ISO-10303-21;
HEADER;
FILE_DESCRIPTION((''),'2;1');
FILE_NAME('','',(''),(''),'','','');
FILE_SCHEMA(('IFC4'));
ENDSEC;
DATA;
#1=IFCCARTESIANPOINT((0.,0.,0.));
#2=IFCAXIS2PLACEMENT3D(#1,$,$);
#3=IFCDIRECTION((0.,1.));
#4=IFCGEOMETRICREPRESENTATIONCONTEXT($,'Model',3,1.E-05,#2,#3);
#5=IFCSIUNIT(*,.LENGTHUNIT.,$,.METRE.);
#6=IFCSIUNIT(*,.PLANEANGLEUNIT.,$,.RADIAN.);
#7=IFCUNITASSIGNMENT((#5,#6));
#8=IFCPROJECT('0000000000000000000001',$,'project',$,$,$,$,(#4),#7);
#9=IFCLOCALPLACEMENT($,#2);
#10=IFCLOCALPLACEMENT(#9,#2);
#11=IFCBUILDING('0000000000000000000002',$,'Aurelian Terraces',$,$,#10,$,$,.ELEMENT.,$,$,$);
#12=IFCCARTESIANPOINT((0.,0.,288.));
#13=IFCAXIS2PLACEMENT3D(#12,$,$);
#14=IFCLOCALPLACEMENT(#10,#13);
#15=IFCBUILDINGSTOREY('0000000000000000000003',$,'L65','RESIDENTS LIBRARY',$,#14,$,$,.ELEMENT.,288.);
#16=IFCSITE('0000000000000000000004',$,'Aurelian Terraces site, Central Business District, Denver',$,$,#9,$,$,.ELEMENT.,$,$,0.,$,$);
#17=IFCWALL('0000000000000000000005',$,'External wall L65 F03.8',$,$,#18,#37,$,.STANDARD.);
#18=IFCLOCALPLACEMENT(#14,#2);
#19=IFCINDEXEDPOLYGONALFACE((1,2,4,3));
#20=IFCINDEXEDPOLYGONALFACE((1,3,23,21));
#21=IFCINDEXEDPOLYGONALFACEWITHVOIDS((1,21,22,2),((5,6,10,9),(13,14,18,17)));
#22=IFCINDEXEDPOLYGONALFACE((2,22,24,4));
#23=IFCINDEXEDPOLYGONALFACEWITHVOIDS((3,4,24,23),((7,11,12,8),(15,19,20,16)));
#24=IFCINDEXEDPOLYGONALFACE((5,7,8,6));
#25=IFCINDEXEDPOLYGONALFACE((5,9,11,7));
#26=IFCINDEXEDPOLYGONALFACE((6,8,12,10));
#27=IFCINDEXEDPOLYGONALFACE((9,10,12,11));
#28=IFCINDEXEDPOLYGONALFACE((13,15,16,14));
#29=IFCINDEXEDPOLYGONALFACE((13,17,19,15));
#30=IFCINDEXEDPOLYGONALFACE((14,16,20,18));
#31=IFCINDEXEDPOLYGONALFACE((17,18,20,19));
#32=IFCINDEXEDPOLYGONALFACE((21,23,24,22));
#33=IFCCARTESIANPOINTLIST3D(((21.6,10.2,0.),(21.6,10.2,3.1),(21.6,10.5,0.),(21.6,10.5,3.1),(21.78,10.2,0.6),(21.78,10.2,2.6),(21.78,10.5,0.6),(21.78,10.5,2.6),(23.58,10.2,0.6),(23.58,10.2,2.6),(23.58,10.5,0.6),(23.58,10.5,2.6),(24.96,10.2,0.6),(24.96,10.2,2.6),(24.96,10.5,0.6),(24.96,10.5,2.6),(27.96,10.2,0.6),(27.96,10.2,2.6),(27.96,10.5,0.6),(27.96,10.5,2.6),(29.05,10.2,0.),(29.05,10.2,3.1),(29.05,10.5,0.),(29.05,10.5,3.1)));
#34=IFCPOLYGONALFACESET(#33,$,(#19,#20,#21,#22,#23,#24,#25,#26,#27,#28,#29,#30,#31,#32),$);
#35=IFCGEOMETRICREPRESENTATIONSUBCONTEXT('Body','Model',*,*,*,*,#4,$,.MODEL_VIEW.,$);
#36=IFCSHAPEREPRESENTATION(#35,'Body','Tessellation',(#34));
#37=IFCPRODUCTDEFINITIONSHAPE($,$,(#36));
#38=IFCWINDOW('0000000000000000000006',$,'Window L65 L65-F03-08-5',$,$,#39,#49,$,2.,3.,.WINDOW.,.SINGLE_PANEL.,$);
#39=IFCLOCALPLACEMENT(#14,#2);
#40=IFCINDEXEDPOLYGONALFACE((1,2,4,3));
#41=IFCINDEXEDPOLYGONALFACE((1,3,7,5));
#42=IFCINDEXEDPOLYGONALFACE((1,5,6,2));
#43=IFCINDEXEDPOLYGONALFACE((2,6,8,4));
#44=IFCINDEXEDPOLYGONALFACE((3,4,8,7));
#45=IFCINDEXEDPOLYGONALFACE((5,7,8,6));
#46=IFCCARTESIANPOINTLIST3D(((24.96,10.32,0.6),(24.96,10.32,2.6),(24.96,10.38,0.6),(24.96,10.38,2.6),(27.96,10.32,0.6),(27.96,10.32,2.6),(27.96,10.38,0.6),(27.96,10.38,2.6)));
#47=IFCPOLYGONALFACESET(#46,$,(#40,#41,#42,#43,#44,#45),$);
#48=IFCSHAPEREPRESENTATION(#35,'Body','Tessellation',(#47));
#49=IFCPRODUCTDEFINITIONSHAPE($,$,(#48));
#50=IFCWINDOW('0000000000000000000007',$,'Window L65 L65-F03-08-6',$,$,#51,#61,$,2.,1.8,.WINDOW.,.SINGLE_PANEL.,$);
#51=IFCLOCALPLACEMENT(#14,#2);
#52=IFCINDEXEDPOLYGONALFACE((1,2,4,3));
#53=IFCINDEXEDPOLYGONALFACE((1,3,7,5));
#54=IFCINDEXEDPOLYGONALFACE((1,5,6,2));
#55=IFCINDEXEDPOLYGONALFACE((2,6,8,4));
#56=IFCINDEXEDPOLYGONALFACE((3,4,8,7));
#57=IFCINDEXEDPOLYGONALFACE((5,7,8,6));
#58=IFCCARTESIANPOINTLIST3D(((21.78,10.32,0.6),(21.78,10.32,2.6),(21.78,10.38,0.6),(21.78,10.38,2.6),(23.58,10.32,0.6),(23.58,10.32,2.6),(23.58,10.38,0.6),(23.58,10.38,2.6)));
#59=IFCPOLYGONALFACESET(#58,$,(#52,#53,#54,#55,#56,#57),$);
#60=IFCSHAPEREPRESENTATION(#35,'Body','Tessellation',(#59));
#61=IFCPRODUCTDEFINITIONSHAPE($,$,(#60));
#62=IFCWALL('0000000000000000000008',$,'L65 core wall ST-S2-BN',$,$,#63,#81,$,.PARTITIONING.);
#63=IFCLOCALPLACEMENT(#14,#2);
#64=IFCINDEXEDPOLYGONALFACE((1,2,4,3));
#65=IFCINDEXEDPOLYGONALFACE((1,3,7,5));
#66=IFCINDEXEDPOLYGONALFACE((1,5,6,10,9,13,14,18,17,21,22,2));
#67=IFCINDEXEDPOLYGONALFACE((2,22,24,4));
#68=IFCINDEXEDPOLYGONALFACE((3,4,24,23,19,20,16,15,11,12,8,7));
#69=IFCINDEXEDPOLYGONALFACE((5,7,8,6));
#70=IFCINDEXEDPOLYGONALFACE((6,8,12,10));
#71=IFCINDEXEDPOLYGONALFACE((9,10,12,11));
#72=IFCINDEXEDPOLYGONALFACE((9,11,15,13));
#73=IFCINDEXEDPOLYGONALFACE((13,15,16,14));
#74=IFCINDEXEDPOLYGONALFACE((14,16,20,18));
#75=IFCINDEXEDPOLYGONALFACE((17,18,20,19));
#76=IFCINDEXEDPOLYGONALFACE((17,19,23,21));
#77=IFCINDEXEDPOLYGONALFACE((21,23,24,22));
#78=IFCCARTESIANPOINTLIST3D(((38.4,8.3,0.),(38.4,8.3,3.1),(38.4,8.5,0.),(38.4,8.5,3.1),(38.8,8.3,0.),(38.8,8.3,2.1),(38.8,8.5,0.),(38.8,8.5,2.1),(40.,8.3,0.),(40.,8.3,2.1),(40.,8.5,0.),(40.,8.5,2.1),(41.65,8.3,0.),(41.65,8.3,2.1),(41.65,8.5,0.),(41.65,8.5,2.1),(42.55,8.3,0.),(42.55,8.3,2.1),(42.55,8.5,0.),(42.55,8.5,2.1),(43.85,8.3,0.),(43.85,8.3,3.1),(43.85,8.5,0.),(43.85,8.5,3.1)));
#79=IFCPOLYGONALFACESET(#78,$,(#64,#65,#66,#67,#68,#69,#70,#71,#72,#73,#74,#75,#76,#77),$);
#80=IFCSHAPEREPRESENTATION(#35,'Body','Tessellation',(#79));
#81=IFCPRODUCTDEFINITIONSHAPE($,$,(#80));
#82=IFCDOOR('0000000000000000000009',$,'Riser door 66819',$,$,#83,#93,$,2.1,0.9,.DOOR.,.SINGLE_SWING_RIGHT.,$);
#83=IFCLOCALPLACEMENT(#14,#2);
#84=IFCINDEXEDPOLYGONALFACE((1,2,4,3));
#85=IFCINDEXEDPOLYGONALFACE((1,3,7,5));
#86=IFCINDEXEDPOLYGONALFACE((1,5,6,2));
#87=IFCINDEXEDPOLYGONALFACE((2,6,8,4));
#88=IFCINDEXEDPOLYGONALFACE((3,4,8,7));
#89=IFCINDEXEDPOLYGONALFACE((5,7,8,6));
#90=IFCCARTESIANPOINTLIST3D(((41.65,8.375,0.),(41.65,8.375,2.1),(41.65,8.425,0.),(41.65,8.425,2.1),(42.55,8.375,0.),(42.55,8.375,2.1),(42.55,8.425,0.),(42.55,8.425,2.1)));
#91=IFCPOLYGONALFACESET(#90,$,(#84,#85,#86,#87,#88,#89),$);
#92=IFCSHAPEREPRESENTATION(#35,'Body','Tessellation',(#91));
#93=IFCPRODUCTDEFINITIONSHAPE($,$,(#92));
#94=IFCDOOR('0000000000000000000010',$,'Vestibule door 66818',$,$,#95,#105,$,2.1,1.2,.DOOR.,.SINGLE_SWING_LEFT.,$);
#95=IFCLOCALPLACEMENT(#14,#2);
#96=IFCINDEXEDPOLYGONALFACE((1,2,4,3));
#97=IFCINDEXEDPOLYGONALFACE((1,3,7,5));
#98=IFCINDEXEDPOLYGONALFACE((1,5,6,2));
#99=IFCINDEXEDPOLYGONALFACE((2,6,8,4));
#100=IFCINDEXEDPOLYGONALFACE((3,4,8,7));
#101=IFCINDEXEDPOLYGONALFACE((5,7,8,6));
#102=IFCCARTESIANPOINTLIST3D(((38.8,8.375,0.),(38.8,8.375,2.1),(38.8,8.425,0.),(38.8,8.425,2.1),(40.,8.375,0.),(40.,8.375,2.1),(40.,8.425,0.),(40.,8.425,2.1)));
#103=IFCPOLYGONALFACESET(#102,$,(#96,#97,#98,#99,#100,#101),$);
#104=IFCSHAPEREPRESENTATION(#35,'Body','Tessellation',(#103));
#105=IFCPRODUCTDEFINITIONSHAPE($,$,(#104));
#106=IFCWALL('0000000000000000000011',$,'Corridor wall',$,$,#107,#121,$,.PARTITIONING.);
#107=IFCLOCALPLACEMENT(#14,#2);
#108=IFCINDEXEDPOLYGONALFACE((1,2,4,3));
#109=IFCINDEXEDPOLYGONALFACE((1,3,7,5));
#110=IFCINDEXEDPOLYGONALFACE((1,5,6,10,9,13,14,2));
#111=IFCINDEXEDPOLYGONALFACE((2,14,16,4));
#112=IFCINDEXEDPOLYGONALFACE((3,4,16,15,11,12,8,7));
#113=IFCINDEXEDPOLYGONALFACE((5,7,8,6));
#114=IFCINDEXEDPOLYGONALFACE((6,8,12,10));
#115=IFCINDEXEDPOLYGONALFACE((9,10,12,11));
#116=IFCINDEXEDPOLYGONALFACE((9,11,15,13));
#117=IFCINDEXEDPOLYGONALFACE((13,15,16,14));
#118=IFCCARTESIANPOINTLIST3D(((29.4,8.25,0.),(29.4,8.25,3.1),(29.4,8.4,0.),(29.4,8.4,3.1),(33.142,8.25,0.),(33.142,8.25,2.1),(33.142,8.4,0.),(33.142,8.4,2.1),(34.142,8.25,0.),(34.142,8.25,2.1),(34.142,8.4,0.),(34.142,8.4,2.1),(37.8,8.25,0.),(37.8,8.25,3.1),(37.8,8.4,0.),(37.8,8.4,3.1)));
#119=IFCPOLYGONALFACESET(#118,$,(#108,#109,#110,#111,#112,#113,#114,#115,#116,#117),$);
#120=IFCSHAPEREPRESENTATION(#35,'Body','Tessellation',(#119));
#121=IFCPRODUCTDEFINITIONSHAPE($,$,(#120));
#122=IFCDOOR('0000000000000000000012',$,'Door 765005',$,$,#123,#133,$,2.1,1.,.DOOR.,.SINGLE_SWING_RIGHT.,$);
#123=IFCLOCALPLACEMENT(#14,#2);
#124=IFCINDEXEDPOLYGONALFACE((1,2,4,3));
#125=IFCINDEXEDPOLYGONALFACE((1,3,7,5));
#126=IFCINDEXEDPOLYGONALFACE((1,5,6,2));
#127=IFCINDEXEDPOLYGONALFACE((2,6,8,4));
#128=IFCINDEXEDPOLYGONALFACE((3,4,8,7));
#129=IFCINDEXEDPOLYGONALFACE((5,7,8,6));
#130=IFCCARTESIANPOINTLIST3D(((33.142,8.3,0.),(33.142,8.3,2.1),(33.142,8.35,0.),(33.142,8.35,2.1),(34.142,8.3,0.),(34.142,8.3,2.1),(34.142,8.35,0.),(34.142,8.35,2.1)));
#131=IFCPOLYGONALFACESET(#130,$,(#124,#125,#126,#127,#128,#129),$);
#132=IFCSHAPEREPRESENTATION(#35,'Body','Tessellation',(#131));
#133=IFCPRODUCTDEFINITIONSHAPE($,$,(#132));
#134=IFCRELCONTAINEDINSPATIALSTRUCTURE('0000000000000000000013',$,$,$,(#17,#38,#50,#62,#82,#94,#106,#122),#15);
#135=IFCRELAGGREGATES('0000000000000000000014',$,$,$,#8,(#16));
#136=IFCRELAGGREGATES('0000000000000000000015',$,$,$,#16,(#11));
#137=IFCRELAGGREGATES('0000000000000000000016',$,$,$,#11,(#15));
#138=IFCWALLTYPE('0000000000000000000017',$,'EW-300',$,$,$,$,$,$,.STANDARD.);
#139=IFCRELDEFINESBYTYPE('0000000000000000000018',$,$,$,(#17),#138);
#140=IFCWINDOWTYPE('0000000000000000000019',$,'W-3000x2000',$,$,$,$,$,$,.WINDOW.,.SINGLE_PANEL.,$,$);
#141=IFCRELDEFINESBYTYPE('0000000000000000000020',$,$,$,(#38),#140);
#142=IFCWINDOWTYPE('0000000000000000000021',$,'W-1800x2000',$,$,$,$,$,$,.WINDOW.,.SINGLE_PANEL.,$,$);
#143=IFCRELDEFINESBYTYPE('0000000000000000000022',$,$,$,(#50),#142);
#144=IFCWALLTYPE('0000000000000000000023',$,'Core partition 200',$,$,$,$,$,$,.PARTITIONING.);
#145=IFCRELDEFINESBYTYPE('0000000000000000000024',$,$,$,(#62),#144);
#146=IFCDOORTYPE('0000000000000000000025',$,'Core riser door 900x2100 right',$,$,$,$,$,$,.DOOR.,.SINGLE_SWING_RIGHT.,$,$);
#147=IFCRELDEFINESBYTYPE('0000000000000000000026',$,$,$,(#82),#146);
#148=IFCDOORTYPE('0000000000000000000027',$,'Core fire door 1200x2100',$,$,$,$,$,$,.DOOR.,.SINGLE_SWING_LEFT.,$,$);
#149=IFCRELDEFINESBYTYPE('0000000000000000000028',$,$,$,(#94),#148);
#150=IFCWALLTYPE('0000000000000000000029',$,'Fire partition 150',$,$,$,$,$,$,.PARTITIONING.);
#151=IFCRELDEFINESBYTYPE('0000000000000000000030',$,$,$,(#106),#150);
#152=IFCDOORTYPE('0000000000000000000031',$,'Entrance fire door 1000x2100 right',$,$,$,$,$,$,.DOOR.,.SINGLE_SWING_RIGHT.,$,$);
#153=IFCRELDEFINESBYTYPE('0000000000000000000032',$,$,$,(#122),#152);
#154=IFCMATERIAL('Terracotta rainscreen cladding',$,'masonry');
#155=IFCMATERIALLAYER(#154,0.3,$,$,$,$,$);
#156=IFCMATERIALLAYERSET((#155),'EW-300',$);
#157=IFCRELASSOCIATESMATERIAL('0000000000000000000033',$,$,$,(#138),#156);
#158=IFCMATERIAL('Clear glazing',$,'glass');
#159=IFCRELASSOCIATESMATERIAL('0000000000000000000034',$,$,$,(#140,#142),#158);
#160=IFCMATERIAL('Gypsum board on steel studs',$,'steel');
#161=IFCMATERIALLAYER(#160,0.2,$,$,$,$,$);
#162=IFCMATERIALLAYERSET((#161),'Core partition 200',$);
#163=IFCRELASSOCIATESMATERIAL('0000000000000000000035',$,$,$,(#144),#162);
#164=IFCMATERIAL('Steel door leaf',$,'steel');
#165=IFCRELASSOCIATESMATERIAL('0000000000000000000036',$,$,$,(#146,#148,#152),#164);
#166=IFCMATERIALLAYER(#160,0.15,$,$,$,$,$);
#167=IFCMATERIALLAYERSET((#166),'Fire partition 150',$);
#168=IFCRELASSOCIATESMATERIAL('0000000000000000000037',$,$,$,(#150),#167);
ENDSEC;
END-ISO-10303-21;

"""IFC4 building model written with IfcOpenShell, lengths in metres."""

from ifc_helpers import new_model, si_unit, direction, frame, frame_2d, origin, place, context, subcontext, project, spatial, rectangle, extrude, source, transform, mapped, material, layer, layer_set, type_object, element, fill, save


model = new_model("IFC4")

# Units and contexts
model_context = context("Model", 3, precision=1e-05, world=origin(), true_north=direction((0.0, 1.0)))
body_context = subcontext(model_context, "Body", "Model", "MODEL_VIEW")
ifc_project = project(units=[si_unit("LENGTHUNIT", "METRE"), si_unit("PLANEANGLEUNIT", "RADIAN")], contexts=[model_context])

# Site, building, storey
site_placement = place(None, origin())
site = spatial("IfcSite", under=ifc_project, at=site_placement, Name="Aurelian Terraces site, Central Business District, Denver", CompositionType="ELEMENT", RefElevation=0.0)
building_placement = place(site_placement, origin())
building = spatial("IfcBuilding", under=site, at=building_placement, Name="Aurelian Terraces", CompositionType="ELEMENT")
storey_placement = place(building_placement, frame((0.0, 0.0, 288.0)))
storey = spatial("IfcBuildingStorey", under=building, at=storey_placement, Name="L65", Description="RESIDENTS LIBRARY", CompositionType="ELEMENT", Elevation=288.0)

# Shared definitions
ifc_material_1 = material(Name="Terracotta rainscreen cladding", Category="masonry")
ifc_layer_1 = layer(ifc_material_1, 0.3)
ifc_layer_set_1 = layer_set([ifc_layer_1], Name="EW-300")
wall_type_1 = type_object("IfcWallType", Name="EW-300", PredefinedType="STANDARD", material=ifc_layer_set_1)
shared_shape_1 = source(origin(), body_context, "Body", "SweptSolid", [
    extrude(rectangle(XDim=3.0, YDim=2.0, at=frame_2d((1.5, 1.0))), frame((0.0, 0.16, 0.0), z_axis=(0.0, -1.0, 0.0), x_axis=(1.0, 0.0, 0.0)), (0.0, 0.0, 1.0), 0.32),
])
ifc_material_2 = material(Name="Clear glazing", Category="glass")
window_type_1 = type_object("IfcWindowType", Name="W-3000x2000", PartitioningType="SINGLE_PANEL", PredefinedType="WINDOW", material=ifc_material_2)
shared_shape_2 = source(origin(), body_context, "Body", "SweptSolid", [
    extrude(rectangle(XDim=3.0, YDim=2.0, at=frame_2d((1.5, 1.0))), frame((0.0, 0.03, 0.0), z_axis=(0.0, -1.0, 0.0), x_axis=(1.0, 0.0, 0.0)), (0.0, 0.0, 1.0), 0.06),
])

# Wall, openings, windows
shared_shape_3 = source(origin(), body_context, "Body", "SweptSolid", [
    extrude(rectangle(XDim=7.45, YDim=0.3, at=frame_2d((3.725, 0.0))), origin(), (0.0, 0.0, 1.0), 3.1),
])
wall_1_placement = place(storey_placement, frame((29.05, 10.35, 0.0), z_axis=(0.0, 0.0, 1.0), x_axis=(-1.0, 0.0, 0.0)))
wall_1 = element("IfcWall", 1, at=wall_1_placement, inside=storey, type_object=wall_type_1, Name="External wall L65 F03.8", PredefinedType="STANDARD", context=body_context, shape_type="MappedRepresentation", body=[
    mapped(shared_shape_3, transform((0.0, 0.0, 0.0), scale=1.0)),
])
opening_1_placement = place(wall_1_placement, frame((1.09, 0.0, 0.6)))
opening_1 = element("IfcOpeningElement", 2, at=opening_1_placement, cuts=wall_1, PredefinedType="OPENING", context=body_context, shape_type="MappedRepresentation", body=[
    mapped(shared_shape_1, transform((0.0, 0.0, 0.0), scale=1.0)),
])
shared_shape_4 = source(origin(), body_context, "Body", "SweptSolid", [
    extrude(rectangle(XDim=1.8, YDim=2.0, at=frame_2d((0.9, 1.0))), frame((0.0, 0.16, 0.0), z_axis=(0.0, -1.0, 0.0), x_axis=(1.0, 0.0, 0.0)), (0.0, 0.0, 1.0), 0.32),
])
opening_2_placement = place(wall_1_placement, frame((5.47, 0.0, 0.6)))
opening_2 = element("IfcOpeningElement", 3, at=opening_2_placement, cuts=wall_1, PredefinedType="OPENING", context=body_context, shape_type="MappedRepresentation", body=[
    mapped(shared_shape_4, transform((0.0, 0.0, 0.0), scale=1.0)),
])
window_1_placement = place(opening_1_placement, origin())
window_1 = element("IfcWindow", 4, at=window_1_placement, inside=storey, type_object=window_type_1, Name="Window L65 L65-F03-08-5", OverallHeight=2.0, OverallWidth=3.0, PartitioningType="SINGLE_PANEL", PredefinedType="WINDOW", context=body_context, shape_type="MappedRepresentation", body=[
    mapped(shared_shape_2, transform((0.0, 0.0, 0.0), scale=1.0)),
])
fill(opening_1, window_1)
window_type_2 = type_object("IfcWindowType", Name="W-1800x2000", PartitioningType="SINGLE_PANEL", PredefinedType="WINDOW", material=ifc_material_2)
shared_shape_5 = source(origin(), body_context, "Body", "SweptSolid", [
    extrude(rectangle(XDim=1.8, YDim=2.0, at=frame_2d((0.9, 1.0))), frame((0.0, 0.03, 0.0), z_axis=(0.0, -1.0, 0.0), x_axis=(1.0, 0.0, 0.0)), (0.0, 0.0, 1.0), 0.06),
])
window_2_placement = place(opening_2_placement, origin())
window_2 = element("IfcWindow", 5, at=window_2_placement, inside=storey, type_object=window_type_2, Name="Window L65 L65-F03-08-6", OverallHeight=2.0, OverallWidth=1.8, PartitioningType="SINGLE_PANEL", PredefinedType="WINDOW", context=body_context, shape_type="MappedRepresentation", body=[
    mapped(shared_shape_5, transform((0.0, 0.0, 0.0), scale=1.0)),
])
fill(opening_2, window_2)

# Wall, openings, doors
ifc_material_3 = material(Name="Gypsum board on steel studs", Category="steel")
ifc_layer_2 = layer(ifc_material_3, 0.2)
ifc_layer_set_2 = layer_set([ifc_layer_2], Name="Core partition 200")
wall_type_2 = type_object("IfcWallType", Name="Core partition 200", PredefinedType="PARTITIONING", material=ifc_layer_set_2)
shared_shape_6 = source(origin(), body_context, "Body", "SweptSolid", [
    extrude(rectangle(XDim=5.45, YDim=0.2, at=frame_2d((2.725, 0.0))), origin(), (0.0, 0.0, 1.0), 3.1),
])
wall_2_placement = place(storey_placement, frame((38.4, 8.4, 0.0), z_axis=(0.0, 0.0, 1.0), x_axis=(1.0, 0.0, 0.0)))
wall_2 = element("IfcWall", 6, at=wall_2_placement, inside=storey, type_object=wall_type_2, Name="L65 core wall ST-S2-BN", PredefinedType="PARTITIONING", context=body_context, shape_type="MappedRepresentation", body=[
    mapped(shared_shape_6, transform((0.0, 0.0, 0.0), scale=1.0)),
])
shared_shape_7 = source(origin(), body_context, "Body", "SweptSolid", [
    extrude(rectangle(XDim=1.2, YDim=2.1, at=frame_2d((0.6, 1.05))), frame((0.0, 0.11, 0.0), z_axis=(0.0, -1.0, 0.0), x_axis=(1.0, 0.0, 0.0)), (0.0, 0.0, 1.0), 0.22),
])
opening_3_placement = place(wall_2_placement, frame((0.4, 0.0, 0.0)))
opening_3 = element("IfcOpeningElement", 7, at=opening_3_placement, cuts=wall_2, PredefinedType="OPENING", context=body_context, shape_type="MappedRepresentation", body=[
    mapped(shared_shape_7, transform((0.0, 0.0, 0.0), scale=1.0)),
])
shared_shape_8 = source(origin(), body_context, "Body", "SweptSolid", [
    extrude(rectangle(XDim=0.9, YDim=2.1, at=frame_2d((0.45, 1.05))), frame((0.0, 0.11, 0.0), z_axis=(0.0, -1.0, 0.0), x_axis=(1.0, 0.0, 0.0)), (0.0, 0.0, 1.0), 0.22),
])
opening_4_placement = place(wall_2_placement, frame((3.25, 0.0, 0.0)))
opening_4 = element("IfcOpeningElement", 8, at=opening_4_placement, cuts=wall_2, PredefinedType="OPENING", context=body_context, shape_type="MappedRepresentation", body=[
    mapped(shared_shape_8, transform((0.0, 0.0, 0.0), scale=1.0)),
])
ifc_material_4 = material(Name="Steel door leaf", Category="steel")
door_type_1 = type_object("IfcDoorType", Name="Core riser door 900x2100 right", OperationType="SINGLE_SWING_RIGHT", PredefinedType="DOOR", material=ifc_material_4)
shared_shape_9 = source(origin(), body_context, "Body", "SweptSolid", [
    extrude(rectangle(XDim=0.9, YDim=2.1, at=frame_2d((0.45, 1.05))), frame((0.0, 0.025, 0.0), z_axis=(0.0, -1.0, 0.0), x_axis=(1.0, 0.0, 0.0)), (0.0, 0.0, 1.0), 0.05),
])
door_1_placement = place(opening_4_placement, origin())
door_1 = element("IfcDoor", 9, at=door_1_placement, inside=storey, type_object=door_type_1, Name="Riser door 66819", OperationType="SINGLE_SWING_RIGHT", OverallHeight=2.1, OverallWidth=0.9, PredefinedType="DOOR", context=body_context, shape_type="MappedRepresentation", body=[
    mapped(shared_shape_9, transform((0.0, 0.0, 0.0), scale=1.0)),
])
fill(opening_4, door_1)
door_type_2 = type_object("IfcDoorType", Name="Core fire door 1200x2100", OperationType="SINGLE_SWING_LEFT", PredefinedType="DOOR", material=ifc_material_4)
shared_shape_10 = source(origin(), body_context, "Body", "SweptSolid", [
    extrude(rectangle(XDim=1.2, YDim=2.1, at=frame_2d((0.6, 1.05))), frame((0.0, 0.025, 0.0), z_axis=(0.0, -1.0, 0.0), x_axis=(1.0, 0.0, 0.0)), (0.0, 0.0, 1.0), 0.05),
])
door_2_placement = place(opening_3_placement, origin())
door_2 = element("IfcDoor", 10, at=door_2_placement, inside=storey, type_object=door_type_2, Name="Vestibule door 66818", OperationType="SINGLE_SWING_LEFT", OverallHeight=2.1, OverallWidth=1.2, PredefinedType="DOOR", context=body_context, shape_type="MappedRepresentation", body=[
    mapped(shared_shape_10, transform((0.0, 0.0, 0.0), scale=1.0)),
])
fill(opening_3, door_2)

# Wall, opening, door
ifc_layer_3 = layer(ifc_material_3, 0.15)
ifc_layer_set_3 = layer_set([ifc_layer_3], Name="Fire partition 150")
wall_type_3 = type_object("IfcWallType", Name="Fire partition 150", PredefinedType="PARTITIONING", material=ifc_layer_set_3)
shared_shape_11 = source(origin(), body_context, "Body", "SweptSolid", [
    extrude(rectangle(XDim=8.4, YDim=0.15, at=frame_2d((4.2, 0.0))), origin(), (0.0, 0.0, 1.0), 3.1),
])
wall_3_placement = place(storey_placement, frame((37.8, 8.325, 0.0), z_axis=(0.0, 0.0, 1.0), x_axis=(-1.0, 0.0, 0.0)))
wall_3 = element("IfcWall", 11, at=wall_3_placement, inside=storey, type_object=wall_type_3, Name="Corridor wall", PredefinedType="PARTITIONING", context=body_context, shape_type="MappedRepresentation", body=[
    mapped(shared_shape_11, transform((0.0, 0.0, 0.0), scale=1.0)),
])
shared_shape_12 = source(origin(), body_context, "Body", "SweptSolid", [
    extrude(rectangle(XDim=1.0, YDim=2.1, at=frame_2d((0.5, 1.05))), frame((0.0, 0.085, 0.0), z_axis=(0.0, -1.0, 0.0), x_axis=(1.0, 0.0, 0.0)), (0.0, 0.0, 1.0), 0.17),
])
opening_5_placement = place(wall_3_placement, frame((3.658, 0.0, 0.0)))
opening_5 = element("IfcOpeningElement", 12, at=opening_5_placement, cuts=wall_3, PredefinedType="OPENING", context=body_context, shape_type="MappedRepresentation", body=[
    mapped(shared_shape_12, transform((0.0, 0.0, 0.0), scale=1.0)),
])
door_type_3 = type_object("IfcDoorType", Name="Entrance fire door 1000x2100 right", OperationType="SINGLE_SWING_RIGHT", PredefinedType="DOOR", material=ifc_material_4)
shared_shape_13 = source(origin(), body_context, "Body", "SweptSolid", [
    extrude(rectangle(XDim=1.0, YDim=2.1, at=frame_2d((0.5, 1.05))), frame((0.0, 0.025, 0.0), z_axis=(0.0, -1.0, 0.0), x_axis=(1.0, 0.0, 0.0)), (0.0, 0.0, 1.0), 0.05),
])
door_3_placement = place(opening_5_placement, origin())
door_3 = element("IfcDoor", 13, at=door_3_placement, inside=storey, type_object=door_type_3, Name="Door 765005", OperationType="SINGLE_SWING_RIGHT", OverallHeight=2.1, OverallWidth=1.0, PredefinedType="DOOR", context=body_context, shape_type="MappedRepresentation", body=[
    mapped(shared_shape_13, transform((0.0, 0.0, 0.0), scale=1.0)),
])
fill(opening_5, door_3)

save(model, "model.ifc")
